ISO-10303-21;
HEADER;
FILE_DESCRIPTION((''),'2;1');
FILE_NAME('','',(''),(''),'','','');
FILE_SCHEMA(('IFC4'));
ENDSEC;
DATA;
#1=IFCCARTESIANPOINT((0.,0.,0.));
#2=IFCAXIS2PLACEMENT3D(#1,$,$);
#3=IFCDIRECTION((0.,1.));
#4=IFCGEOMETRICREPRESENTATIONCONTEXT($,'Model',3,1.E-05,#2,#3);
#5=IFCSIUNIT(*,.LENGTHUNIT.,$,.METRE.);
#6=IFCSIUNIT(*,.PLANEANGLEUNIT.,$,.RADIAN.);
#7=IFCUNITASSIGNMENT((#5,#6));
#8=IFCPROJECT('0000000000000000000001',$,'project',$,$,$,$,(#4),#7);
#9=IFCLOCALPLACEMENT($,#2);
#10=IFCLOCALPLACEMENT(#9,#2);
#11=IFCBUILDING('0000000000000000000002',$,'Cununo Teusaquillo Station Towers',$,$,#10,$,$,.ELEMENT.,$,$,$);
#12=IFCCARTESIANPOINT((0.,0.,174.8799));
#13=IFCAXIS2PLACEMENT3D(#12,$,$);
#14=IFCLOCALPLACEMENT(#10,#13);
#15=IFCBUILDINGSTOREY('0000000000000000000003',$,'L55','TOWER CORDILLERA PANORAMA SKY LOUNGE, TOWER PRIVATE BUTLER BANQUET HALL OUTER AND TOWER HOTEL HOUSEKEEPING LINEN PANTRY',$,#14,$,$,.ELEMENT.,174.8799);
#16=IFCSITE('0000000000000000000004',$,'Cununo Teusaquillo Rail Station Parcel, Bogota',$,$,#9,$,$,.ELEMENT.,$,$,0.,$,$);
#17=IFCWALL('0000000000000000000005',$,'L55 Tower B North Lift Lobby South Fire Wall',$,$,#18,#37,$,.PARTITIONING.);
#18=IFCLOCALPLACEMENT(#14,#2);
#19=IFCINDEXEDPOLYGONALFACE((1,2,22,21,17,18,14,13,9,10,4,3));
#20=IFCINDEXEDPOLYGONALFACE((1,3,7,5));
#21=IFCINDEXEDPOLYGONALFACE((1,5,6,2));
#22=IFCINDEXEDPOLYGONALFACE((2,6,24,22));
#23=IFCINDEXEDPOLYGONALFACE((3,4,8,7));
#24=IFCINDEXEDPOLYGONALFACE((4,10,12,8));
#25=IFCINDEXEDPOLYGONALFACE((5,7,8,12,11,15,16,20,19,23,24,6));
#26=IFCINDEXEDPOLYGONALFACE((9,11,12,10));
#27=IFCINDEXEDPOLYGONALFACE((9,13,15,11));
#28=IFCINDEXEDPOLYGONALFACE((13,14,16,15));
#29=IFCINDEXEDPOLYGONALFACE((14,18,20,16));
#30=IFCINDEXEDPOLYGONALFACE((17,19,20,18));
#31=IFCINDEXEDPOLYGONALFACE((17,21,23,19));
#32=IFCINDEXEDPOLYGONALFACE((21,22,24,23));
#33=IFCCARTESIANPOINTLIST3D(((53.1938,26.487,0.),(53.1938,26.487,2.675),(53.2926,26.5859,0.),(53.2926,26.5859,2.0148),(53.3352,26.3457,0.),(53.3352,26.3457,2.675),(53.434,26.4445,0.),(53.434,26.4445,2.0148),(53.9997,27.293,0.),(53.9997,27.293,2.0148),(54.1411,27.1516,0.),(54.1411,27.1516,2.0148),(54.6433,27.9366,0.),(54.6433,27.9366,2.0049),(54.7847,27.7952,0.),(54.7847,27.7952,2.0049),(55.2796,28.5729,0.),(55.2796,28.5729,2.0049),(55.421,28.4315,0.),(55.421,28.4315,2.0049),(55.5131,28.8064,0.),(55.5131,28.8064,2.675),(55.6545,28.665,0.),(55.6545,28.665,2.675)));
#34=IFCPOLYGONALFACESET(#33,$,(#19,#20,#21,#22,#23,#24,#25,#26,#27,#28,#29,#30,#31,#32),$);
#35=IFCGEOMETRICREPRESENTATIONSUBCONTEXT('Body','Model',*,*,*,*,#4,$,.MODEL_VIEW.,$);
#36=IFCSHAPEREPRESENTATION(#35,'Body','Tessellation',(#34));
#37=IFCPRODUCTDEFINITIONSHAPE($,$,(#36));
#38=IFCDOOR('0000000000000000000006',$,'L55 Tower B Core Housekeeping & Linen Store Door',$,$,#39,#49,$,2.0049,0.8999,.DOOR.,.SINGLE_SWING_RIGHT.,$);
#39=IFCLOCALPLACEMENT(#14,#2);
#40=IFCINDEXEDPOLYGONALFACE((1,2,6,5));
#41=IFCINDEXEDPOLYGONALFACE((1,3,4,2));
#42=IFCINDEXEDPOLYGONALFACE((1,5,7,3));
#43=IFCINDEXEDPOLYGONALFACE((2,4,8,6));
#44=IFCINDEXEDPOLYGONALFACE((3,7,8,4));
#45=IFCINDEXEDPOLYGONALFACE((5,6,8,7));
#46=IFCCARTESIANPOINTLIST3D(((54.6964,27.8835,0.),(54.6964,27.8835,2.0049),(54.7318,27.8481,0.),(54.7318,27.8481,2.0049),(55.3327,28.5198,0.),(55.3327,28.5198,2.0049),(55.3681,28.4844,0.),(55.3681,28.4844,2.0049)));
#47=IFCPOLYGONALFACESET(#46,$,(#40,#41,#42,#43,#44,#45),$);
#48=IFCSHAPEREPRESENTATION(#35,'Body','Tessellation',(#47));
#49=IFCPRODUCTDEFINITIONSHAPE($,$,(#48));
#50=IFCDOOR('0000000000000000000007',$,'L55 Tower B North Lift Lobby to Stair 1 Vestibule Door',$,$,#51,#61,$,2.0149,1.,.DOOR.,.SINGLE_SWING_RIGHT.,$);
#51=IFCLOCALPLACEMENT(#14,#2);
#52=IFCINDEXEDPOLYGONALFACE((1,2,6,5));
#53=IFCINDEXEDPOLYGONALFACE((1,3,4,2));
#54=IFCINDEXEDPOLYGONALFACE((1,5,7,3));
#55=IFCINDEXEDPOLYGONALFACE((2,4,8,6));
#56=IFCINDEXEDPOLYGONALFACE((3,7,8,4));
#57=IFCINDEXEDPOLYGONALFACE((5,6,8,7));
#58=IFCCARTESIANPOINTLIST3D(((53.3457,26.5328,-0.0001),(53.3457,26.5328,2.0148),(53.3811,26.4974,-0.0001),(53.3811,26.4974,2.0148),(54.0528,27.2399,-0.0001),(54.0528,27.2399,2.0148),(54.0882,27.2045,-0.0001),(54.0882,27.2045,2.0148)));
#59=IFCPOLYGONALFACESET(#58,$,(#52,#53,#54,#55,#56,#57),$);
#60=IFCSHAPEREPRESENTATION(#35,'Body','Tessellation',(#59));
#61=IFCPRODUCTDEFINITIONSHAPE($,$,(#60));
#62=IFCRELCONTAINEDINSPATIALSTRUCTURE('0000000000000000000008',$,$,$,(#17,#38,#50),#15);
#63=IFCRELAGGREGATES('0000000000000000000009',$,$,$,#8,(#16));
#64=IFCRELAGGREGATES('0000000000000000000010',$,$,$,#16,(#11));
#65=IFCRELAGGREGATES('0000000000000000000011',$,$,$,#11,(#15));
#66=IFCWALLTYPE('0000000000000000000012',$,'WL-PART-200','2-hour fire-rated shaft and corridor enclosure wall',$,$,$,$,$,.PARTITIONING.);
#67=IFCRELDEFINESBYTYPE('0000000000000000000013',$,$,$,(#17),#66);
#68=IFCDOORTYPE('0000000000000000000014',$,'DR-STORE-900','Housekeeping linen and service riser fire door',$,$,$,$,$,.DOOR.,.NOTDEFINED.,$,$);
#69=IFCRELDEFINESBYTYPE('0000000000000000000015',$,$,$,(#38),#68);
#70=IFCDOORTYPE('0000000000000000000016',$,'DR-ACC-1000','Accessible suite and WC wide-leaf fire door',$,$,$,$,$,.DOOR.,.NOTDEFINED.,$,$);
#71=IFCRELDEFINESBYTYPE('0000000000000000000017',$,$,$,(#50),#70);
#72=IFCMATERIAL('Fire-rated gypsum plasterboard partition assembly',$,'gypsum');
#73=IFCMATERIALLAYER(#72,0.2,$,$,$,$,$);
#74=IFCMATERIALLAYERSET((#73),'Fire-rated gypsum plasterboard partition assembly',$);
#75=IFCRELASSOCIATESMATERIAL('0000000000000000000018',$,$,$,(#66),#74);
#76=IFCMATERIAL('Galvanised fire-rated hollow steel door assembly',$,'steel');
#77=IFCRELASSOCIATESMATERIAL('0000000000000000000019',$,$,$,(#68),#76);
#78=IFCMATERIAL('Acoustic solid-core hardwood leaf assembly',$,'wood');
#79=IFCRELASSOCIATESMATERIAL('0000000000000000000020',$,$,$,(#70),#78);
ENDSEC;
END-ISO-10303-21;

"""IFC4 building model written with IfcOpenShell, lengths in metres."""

from ifc_helpers import new_model, si_unit, direction, frame, frame_2d, origin, place, context, subcontext, project, spatial, rectangle, extrude, source, transform, mapped, material, layer, layer_set, type_object, element, fill, save


model = new_model("IFC4")

# Units and contexts
model_context = context("Model", 3, precision=1e-05, world=origin(), true_north=direction((0.0, 1.0)))
body_context = subcontext(model_context, "Body", "Model", "MODEL_VIEW")
ifc_project = project(units=[si_unit("LENGTHUNIT", "METRE"), si_unit("PLANEANGLEUNIT", "RADIAN")], contexts=[model_context])

# Site, building, storey
site_placement = place(None, origin())
site = spatial("IfcSite", under=ifc_project, at=site_placement, Name="Cununo Teusaquillo Rail Station Parcel, Bogota", CompositionType="ELEMENT", RefElevation=0.0)
building_placement = place(site_placement, origin())
building = spatial("IfcBuilding", under=site, at=building_placement, Name="Cununo Teusaquillo Station Towers", CompositionType="ELEMENT")
storey_placement = place(building_placement, frame((0.0, 0.0, 174.8799)))
storey = spatial("IfcBuildingStorey", under=building, at=storey_placement, Name="L55", Description="TOWER CORDILLERA PANORAMA SKY LOUNGE, TOWER PRIVATE BUTLER BANQUET HALL OUTER AND TOWER HOTEL HOUSEKEEPING LINEN PANTRY", CompositionType="ELEMENT", Elevation=174.8799)

# Shared definitions
shared_shape_1 = source(origin(), body_context, "Body", "SweptSolid", [
    extrude(rectangle(XDim=0.8999, YDim=2.0049, at=frame_2d((0.45, 1.0024))), frame((0.0, 0.0249, 0.0), z_axis=(0.0, -1.0, 0.0), x_axis=(1.0, 0.0, 0.0)), (0.0, 0.0, 1.0), 0.05),
])

# Wall, openings, doors
ifc_material_1 = material(Name="Fire-rated gypsum plasterboard partition assembly", Category="gypsum")
ifc_layer_1 = layer(ifc_material_1, 0.2)
ifc_layer_set_1 = layer_set([ifc_layer_1], Name="Fire-rated gypsum plasterboard partition assembly")
wall_type_1 = type_object("IfcWallType", Name="WL-PART-200", Description="2-hour fire-rated shaft and corridor enclosure wall", PredefinedType="PARTITIONING", material=ifc_layer_set_1)
wall_1_placement = place(storey_placement, frame((53.2644, 26.4163, 0.0), z_axis=(0.0, 0.0, 1.0), x_axis=(0.707107, 0.707107, 0.0)))
wall_1 = element("IfcWall", 1, at=wall_1_placement, inside=storey, type_object=wall_type_1, Name="L55 Tower B North Lift Lobby South Fire Wall", PredefinedType="PARTITIONING", context=body_context, shape_type="SweptSolid", body=[
    extrude(rectangle(XDim=3.28, YDim=0.2, at=frame_2d((1.6401, 0.0))), origin(), (0.0, 0.0, 1.0), 2.675),
])
shared_shape_2 = source(origin(), body_context, "Body", "SweptSolid", [
    extrude(rectangle(XDim=1.0, YDim=2.0149, at=frame_2d((0.5, 1.0073))), frame((0.0, 0.1099, 0.0), z_axis=(0.0, -1.0, 0.0), x_axis=(1.0, 0.0, 0.0)), (0.0, 0.0, 1.0), 0.22),
])
opening_1_placement = place(wall_1_placement, frame((0.1399, 0.0, 0.0)))
opening_1 = element("IfcOpeningElement", 2, at=opening_1_placement, cuts=wall_1, PredefinedType="OPENING", context=body_context, shape_type="MappedRepresentation", body=[
    mapped(shared_shape_2, transform((0.0, 0.0, 0.0), x_axis=(1.0, 0.0, 0.0), y_axis=(0.0, 1.0, 0.0), z_axis=(0.0, 0.0, 1.0), scale=1.0)),
])
shared_shape_3 = source(origin(), body_context, "Body", "SweptSolid", [
    extrude(rectangle(XDim=0.8999, YDim=2.0049, at=frame_2d((0.45, 1.0024))), frame((0.0, 0.1099, 0.0), z_axis=(0.0, -1.0, 0.0), x_axis=(1.0, 0.0, 0.0)), (0.0, 0.0, 1.0), 0.22),
])
opening_2_placement = place(wall_1_placement, frame((2.05, 0.0, 0.0)))
opening_2 = element("IfcOpeningElement", 3, at=opening_2_placement, cuts=wall_1, PredefinedType="OPENING", context=body_context, shape_type="MappedRepresentation", body=[
    mapped(shared_shape_3, transform((0.0, 0.0, 0.0), x_axis=(1.0, 0.0, 0.0), y_axis=(0.0, 1.0, 0.0), z_axis=(0.0, 0.0, 1.0), scale=1.0)),
])
ifc_material_2 = material(Name="Galvanised fire-rated hollow steel door assembly", Category="steel")
door_type_1 = type_object("IfcDoorType", Name="DR-STORE-900", Description="Housekeeping linen and service riser fire door", OperationType="NOTDEFINED", PredefinedType="DOOR", material=ifc_material_2)
door_1_placement = place(opening_2_placement, origin())
door_1 = element("IfcDoor", 4, at=door_1_placement, inside=storey, type_object=door_type_1, Name="L55 Tower B Core Housekeeping & Linen Store Door", OperationType="SINGLE_SWING_RIGHT", OverallHeight=2.0049, OverallWidth=0.8999, PredefinedType="DOOR", context=body_context, shape_type="MappedRepresentation", body=[
    mapped(shared_shape_1, transform((0.0, 0.0, 0.0), x_axis=(1.0, 0.0, 0.0), y_axis=(0.0, 1.0, 0.0), z_axis=(0.0, 0.0, 1.0), scale=1.0)),
])
fill(opening_2, door_1)
ifc_material_3 = material(Name="Acoustic solid-core hardwood leaf assembly", Category="wood")
door_type_2 = type_object("IfcDoorType", Name="DR-ACC-1000", Description="Accessible suite and WC wide-leaf fire door", OperationType="NOTDEFINED", PredefinedType="DOOR", material=ifc_material_3)
shared_shape_4 = source(origin(), body_context, "Body", "SweptSolid", [
    extrude(rectangle(XDim=1.0, YDim=2.0149, at=frame_2d((0.5, 1.0073))), frame((0.0, 0.0249, 0.0), z_axis=(0.0, -1.0, 0.0), x_axis=(1.0, 0.0, 0.0)), (0.0, 0.0, 1.0), 0.05),
])
door_2_placement = place(opening_1_placement, origin())
door_2 = element("IfcDoor", 5, at=door_2_placement, inside=storey, type_object=door_type_2, Name="L55 Tower B North Lift Lobby to Stair 1 Vestibule Door", OperationType="SINGLE_SWING_RIGHT", OverallHeight=2.0149, OverallWidth=1.0, PredefinedType="DOOR", context=body_context, shape_type="MappedRepresentation", body=[
    mapped(shared_shape_4, transform((0.0, 0.0, 0.0), x_axis=(1.0, 0.0, 0.0), y_axis=(0.0, 1.0, 0.0), z_axis=(0.0, 0.0, 1.0), scale=1.0)),
])
fill(opening_1, door_2)

save(model, "model.ifc")
